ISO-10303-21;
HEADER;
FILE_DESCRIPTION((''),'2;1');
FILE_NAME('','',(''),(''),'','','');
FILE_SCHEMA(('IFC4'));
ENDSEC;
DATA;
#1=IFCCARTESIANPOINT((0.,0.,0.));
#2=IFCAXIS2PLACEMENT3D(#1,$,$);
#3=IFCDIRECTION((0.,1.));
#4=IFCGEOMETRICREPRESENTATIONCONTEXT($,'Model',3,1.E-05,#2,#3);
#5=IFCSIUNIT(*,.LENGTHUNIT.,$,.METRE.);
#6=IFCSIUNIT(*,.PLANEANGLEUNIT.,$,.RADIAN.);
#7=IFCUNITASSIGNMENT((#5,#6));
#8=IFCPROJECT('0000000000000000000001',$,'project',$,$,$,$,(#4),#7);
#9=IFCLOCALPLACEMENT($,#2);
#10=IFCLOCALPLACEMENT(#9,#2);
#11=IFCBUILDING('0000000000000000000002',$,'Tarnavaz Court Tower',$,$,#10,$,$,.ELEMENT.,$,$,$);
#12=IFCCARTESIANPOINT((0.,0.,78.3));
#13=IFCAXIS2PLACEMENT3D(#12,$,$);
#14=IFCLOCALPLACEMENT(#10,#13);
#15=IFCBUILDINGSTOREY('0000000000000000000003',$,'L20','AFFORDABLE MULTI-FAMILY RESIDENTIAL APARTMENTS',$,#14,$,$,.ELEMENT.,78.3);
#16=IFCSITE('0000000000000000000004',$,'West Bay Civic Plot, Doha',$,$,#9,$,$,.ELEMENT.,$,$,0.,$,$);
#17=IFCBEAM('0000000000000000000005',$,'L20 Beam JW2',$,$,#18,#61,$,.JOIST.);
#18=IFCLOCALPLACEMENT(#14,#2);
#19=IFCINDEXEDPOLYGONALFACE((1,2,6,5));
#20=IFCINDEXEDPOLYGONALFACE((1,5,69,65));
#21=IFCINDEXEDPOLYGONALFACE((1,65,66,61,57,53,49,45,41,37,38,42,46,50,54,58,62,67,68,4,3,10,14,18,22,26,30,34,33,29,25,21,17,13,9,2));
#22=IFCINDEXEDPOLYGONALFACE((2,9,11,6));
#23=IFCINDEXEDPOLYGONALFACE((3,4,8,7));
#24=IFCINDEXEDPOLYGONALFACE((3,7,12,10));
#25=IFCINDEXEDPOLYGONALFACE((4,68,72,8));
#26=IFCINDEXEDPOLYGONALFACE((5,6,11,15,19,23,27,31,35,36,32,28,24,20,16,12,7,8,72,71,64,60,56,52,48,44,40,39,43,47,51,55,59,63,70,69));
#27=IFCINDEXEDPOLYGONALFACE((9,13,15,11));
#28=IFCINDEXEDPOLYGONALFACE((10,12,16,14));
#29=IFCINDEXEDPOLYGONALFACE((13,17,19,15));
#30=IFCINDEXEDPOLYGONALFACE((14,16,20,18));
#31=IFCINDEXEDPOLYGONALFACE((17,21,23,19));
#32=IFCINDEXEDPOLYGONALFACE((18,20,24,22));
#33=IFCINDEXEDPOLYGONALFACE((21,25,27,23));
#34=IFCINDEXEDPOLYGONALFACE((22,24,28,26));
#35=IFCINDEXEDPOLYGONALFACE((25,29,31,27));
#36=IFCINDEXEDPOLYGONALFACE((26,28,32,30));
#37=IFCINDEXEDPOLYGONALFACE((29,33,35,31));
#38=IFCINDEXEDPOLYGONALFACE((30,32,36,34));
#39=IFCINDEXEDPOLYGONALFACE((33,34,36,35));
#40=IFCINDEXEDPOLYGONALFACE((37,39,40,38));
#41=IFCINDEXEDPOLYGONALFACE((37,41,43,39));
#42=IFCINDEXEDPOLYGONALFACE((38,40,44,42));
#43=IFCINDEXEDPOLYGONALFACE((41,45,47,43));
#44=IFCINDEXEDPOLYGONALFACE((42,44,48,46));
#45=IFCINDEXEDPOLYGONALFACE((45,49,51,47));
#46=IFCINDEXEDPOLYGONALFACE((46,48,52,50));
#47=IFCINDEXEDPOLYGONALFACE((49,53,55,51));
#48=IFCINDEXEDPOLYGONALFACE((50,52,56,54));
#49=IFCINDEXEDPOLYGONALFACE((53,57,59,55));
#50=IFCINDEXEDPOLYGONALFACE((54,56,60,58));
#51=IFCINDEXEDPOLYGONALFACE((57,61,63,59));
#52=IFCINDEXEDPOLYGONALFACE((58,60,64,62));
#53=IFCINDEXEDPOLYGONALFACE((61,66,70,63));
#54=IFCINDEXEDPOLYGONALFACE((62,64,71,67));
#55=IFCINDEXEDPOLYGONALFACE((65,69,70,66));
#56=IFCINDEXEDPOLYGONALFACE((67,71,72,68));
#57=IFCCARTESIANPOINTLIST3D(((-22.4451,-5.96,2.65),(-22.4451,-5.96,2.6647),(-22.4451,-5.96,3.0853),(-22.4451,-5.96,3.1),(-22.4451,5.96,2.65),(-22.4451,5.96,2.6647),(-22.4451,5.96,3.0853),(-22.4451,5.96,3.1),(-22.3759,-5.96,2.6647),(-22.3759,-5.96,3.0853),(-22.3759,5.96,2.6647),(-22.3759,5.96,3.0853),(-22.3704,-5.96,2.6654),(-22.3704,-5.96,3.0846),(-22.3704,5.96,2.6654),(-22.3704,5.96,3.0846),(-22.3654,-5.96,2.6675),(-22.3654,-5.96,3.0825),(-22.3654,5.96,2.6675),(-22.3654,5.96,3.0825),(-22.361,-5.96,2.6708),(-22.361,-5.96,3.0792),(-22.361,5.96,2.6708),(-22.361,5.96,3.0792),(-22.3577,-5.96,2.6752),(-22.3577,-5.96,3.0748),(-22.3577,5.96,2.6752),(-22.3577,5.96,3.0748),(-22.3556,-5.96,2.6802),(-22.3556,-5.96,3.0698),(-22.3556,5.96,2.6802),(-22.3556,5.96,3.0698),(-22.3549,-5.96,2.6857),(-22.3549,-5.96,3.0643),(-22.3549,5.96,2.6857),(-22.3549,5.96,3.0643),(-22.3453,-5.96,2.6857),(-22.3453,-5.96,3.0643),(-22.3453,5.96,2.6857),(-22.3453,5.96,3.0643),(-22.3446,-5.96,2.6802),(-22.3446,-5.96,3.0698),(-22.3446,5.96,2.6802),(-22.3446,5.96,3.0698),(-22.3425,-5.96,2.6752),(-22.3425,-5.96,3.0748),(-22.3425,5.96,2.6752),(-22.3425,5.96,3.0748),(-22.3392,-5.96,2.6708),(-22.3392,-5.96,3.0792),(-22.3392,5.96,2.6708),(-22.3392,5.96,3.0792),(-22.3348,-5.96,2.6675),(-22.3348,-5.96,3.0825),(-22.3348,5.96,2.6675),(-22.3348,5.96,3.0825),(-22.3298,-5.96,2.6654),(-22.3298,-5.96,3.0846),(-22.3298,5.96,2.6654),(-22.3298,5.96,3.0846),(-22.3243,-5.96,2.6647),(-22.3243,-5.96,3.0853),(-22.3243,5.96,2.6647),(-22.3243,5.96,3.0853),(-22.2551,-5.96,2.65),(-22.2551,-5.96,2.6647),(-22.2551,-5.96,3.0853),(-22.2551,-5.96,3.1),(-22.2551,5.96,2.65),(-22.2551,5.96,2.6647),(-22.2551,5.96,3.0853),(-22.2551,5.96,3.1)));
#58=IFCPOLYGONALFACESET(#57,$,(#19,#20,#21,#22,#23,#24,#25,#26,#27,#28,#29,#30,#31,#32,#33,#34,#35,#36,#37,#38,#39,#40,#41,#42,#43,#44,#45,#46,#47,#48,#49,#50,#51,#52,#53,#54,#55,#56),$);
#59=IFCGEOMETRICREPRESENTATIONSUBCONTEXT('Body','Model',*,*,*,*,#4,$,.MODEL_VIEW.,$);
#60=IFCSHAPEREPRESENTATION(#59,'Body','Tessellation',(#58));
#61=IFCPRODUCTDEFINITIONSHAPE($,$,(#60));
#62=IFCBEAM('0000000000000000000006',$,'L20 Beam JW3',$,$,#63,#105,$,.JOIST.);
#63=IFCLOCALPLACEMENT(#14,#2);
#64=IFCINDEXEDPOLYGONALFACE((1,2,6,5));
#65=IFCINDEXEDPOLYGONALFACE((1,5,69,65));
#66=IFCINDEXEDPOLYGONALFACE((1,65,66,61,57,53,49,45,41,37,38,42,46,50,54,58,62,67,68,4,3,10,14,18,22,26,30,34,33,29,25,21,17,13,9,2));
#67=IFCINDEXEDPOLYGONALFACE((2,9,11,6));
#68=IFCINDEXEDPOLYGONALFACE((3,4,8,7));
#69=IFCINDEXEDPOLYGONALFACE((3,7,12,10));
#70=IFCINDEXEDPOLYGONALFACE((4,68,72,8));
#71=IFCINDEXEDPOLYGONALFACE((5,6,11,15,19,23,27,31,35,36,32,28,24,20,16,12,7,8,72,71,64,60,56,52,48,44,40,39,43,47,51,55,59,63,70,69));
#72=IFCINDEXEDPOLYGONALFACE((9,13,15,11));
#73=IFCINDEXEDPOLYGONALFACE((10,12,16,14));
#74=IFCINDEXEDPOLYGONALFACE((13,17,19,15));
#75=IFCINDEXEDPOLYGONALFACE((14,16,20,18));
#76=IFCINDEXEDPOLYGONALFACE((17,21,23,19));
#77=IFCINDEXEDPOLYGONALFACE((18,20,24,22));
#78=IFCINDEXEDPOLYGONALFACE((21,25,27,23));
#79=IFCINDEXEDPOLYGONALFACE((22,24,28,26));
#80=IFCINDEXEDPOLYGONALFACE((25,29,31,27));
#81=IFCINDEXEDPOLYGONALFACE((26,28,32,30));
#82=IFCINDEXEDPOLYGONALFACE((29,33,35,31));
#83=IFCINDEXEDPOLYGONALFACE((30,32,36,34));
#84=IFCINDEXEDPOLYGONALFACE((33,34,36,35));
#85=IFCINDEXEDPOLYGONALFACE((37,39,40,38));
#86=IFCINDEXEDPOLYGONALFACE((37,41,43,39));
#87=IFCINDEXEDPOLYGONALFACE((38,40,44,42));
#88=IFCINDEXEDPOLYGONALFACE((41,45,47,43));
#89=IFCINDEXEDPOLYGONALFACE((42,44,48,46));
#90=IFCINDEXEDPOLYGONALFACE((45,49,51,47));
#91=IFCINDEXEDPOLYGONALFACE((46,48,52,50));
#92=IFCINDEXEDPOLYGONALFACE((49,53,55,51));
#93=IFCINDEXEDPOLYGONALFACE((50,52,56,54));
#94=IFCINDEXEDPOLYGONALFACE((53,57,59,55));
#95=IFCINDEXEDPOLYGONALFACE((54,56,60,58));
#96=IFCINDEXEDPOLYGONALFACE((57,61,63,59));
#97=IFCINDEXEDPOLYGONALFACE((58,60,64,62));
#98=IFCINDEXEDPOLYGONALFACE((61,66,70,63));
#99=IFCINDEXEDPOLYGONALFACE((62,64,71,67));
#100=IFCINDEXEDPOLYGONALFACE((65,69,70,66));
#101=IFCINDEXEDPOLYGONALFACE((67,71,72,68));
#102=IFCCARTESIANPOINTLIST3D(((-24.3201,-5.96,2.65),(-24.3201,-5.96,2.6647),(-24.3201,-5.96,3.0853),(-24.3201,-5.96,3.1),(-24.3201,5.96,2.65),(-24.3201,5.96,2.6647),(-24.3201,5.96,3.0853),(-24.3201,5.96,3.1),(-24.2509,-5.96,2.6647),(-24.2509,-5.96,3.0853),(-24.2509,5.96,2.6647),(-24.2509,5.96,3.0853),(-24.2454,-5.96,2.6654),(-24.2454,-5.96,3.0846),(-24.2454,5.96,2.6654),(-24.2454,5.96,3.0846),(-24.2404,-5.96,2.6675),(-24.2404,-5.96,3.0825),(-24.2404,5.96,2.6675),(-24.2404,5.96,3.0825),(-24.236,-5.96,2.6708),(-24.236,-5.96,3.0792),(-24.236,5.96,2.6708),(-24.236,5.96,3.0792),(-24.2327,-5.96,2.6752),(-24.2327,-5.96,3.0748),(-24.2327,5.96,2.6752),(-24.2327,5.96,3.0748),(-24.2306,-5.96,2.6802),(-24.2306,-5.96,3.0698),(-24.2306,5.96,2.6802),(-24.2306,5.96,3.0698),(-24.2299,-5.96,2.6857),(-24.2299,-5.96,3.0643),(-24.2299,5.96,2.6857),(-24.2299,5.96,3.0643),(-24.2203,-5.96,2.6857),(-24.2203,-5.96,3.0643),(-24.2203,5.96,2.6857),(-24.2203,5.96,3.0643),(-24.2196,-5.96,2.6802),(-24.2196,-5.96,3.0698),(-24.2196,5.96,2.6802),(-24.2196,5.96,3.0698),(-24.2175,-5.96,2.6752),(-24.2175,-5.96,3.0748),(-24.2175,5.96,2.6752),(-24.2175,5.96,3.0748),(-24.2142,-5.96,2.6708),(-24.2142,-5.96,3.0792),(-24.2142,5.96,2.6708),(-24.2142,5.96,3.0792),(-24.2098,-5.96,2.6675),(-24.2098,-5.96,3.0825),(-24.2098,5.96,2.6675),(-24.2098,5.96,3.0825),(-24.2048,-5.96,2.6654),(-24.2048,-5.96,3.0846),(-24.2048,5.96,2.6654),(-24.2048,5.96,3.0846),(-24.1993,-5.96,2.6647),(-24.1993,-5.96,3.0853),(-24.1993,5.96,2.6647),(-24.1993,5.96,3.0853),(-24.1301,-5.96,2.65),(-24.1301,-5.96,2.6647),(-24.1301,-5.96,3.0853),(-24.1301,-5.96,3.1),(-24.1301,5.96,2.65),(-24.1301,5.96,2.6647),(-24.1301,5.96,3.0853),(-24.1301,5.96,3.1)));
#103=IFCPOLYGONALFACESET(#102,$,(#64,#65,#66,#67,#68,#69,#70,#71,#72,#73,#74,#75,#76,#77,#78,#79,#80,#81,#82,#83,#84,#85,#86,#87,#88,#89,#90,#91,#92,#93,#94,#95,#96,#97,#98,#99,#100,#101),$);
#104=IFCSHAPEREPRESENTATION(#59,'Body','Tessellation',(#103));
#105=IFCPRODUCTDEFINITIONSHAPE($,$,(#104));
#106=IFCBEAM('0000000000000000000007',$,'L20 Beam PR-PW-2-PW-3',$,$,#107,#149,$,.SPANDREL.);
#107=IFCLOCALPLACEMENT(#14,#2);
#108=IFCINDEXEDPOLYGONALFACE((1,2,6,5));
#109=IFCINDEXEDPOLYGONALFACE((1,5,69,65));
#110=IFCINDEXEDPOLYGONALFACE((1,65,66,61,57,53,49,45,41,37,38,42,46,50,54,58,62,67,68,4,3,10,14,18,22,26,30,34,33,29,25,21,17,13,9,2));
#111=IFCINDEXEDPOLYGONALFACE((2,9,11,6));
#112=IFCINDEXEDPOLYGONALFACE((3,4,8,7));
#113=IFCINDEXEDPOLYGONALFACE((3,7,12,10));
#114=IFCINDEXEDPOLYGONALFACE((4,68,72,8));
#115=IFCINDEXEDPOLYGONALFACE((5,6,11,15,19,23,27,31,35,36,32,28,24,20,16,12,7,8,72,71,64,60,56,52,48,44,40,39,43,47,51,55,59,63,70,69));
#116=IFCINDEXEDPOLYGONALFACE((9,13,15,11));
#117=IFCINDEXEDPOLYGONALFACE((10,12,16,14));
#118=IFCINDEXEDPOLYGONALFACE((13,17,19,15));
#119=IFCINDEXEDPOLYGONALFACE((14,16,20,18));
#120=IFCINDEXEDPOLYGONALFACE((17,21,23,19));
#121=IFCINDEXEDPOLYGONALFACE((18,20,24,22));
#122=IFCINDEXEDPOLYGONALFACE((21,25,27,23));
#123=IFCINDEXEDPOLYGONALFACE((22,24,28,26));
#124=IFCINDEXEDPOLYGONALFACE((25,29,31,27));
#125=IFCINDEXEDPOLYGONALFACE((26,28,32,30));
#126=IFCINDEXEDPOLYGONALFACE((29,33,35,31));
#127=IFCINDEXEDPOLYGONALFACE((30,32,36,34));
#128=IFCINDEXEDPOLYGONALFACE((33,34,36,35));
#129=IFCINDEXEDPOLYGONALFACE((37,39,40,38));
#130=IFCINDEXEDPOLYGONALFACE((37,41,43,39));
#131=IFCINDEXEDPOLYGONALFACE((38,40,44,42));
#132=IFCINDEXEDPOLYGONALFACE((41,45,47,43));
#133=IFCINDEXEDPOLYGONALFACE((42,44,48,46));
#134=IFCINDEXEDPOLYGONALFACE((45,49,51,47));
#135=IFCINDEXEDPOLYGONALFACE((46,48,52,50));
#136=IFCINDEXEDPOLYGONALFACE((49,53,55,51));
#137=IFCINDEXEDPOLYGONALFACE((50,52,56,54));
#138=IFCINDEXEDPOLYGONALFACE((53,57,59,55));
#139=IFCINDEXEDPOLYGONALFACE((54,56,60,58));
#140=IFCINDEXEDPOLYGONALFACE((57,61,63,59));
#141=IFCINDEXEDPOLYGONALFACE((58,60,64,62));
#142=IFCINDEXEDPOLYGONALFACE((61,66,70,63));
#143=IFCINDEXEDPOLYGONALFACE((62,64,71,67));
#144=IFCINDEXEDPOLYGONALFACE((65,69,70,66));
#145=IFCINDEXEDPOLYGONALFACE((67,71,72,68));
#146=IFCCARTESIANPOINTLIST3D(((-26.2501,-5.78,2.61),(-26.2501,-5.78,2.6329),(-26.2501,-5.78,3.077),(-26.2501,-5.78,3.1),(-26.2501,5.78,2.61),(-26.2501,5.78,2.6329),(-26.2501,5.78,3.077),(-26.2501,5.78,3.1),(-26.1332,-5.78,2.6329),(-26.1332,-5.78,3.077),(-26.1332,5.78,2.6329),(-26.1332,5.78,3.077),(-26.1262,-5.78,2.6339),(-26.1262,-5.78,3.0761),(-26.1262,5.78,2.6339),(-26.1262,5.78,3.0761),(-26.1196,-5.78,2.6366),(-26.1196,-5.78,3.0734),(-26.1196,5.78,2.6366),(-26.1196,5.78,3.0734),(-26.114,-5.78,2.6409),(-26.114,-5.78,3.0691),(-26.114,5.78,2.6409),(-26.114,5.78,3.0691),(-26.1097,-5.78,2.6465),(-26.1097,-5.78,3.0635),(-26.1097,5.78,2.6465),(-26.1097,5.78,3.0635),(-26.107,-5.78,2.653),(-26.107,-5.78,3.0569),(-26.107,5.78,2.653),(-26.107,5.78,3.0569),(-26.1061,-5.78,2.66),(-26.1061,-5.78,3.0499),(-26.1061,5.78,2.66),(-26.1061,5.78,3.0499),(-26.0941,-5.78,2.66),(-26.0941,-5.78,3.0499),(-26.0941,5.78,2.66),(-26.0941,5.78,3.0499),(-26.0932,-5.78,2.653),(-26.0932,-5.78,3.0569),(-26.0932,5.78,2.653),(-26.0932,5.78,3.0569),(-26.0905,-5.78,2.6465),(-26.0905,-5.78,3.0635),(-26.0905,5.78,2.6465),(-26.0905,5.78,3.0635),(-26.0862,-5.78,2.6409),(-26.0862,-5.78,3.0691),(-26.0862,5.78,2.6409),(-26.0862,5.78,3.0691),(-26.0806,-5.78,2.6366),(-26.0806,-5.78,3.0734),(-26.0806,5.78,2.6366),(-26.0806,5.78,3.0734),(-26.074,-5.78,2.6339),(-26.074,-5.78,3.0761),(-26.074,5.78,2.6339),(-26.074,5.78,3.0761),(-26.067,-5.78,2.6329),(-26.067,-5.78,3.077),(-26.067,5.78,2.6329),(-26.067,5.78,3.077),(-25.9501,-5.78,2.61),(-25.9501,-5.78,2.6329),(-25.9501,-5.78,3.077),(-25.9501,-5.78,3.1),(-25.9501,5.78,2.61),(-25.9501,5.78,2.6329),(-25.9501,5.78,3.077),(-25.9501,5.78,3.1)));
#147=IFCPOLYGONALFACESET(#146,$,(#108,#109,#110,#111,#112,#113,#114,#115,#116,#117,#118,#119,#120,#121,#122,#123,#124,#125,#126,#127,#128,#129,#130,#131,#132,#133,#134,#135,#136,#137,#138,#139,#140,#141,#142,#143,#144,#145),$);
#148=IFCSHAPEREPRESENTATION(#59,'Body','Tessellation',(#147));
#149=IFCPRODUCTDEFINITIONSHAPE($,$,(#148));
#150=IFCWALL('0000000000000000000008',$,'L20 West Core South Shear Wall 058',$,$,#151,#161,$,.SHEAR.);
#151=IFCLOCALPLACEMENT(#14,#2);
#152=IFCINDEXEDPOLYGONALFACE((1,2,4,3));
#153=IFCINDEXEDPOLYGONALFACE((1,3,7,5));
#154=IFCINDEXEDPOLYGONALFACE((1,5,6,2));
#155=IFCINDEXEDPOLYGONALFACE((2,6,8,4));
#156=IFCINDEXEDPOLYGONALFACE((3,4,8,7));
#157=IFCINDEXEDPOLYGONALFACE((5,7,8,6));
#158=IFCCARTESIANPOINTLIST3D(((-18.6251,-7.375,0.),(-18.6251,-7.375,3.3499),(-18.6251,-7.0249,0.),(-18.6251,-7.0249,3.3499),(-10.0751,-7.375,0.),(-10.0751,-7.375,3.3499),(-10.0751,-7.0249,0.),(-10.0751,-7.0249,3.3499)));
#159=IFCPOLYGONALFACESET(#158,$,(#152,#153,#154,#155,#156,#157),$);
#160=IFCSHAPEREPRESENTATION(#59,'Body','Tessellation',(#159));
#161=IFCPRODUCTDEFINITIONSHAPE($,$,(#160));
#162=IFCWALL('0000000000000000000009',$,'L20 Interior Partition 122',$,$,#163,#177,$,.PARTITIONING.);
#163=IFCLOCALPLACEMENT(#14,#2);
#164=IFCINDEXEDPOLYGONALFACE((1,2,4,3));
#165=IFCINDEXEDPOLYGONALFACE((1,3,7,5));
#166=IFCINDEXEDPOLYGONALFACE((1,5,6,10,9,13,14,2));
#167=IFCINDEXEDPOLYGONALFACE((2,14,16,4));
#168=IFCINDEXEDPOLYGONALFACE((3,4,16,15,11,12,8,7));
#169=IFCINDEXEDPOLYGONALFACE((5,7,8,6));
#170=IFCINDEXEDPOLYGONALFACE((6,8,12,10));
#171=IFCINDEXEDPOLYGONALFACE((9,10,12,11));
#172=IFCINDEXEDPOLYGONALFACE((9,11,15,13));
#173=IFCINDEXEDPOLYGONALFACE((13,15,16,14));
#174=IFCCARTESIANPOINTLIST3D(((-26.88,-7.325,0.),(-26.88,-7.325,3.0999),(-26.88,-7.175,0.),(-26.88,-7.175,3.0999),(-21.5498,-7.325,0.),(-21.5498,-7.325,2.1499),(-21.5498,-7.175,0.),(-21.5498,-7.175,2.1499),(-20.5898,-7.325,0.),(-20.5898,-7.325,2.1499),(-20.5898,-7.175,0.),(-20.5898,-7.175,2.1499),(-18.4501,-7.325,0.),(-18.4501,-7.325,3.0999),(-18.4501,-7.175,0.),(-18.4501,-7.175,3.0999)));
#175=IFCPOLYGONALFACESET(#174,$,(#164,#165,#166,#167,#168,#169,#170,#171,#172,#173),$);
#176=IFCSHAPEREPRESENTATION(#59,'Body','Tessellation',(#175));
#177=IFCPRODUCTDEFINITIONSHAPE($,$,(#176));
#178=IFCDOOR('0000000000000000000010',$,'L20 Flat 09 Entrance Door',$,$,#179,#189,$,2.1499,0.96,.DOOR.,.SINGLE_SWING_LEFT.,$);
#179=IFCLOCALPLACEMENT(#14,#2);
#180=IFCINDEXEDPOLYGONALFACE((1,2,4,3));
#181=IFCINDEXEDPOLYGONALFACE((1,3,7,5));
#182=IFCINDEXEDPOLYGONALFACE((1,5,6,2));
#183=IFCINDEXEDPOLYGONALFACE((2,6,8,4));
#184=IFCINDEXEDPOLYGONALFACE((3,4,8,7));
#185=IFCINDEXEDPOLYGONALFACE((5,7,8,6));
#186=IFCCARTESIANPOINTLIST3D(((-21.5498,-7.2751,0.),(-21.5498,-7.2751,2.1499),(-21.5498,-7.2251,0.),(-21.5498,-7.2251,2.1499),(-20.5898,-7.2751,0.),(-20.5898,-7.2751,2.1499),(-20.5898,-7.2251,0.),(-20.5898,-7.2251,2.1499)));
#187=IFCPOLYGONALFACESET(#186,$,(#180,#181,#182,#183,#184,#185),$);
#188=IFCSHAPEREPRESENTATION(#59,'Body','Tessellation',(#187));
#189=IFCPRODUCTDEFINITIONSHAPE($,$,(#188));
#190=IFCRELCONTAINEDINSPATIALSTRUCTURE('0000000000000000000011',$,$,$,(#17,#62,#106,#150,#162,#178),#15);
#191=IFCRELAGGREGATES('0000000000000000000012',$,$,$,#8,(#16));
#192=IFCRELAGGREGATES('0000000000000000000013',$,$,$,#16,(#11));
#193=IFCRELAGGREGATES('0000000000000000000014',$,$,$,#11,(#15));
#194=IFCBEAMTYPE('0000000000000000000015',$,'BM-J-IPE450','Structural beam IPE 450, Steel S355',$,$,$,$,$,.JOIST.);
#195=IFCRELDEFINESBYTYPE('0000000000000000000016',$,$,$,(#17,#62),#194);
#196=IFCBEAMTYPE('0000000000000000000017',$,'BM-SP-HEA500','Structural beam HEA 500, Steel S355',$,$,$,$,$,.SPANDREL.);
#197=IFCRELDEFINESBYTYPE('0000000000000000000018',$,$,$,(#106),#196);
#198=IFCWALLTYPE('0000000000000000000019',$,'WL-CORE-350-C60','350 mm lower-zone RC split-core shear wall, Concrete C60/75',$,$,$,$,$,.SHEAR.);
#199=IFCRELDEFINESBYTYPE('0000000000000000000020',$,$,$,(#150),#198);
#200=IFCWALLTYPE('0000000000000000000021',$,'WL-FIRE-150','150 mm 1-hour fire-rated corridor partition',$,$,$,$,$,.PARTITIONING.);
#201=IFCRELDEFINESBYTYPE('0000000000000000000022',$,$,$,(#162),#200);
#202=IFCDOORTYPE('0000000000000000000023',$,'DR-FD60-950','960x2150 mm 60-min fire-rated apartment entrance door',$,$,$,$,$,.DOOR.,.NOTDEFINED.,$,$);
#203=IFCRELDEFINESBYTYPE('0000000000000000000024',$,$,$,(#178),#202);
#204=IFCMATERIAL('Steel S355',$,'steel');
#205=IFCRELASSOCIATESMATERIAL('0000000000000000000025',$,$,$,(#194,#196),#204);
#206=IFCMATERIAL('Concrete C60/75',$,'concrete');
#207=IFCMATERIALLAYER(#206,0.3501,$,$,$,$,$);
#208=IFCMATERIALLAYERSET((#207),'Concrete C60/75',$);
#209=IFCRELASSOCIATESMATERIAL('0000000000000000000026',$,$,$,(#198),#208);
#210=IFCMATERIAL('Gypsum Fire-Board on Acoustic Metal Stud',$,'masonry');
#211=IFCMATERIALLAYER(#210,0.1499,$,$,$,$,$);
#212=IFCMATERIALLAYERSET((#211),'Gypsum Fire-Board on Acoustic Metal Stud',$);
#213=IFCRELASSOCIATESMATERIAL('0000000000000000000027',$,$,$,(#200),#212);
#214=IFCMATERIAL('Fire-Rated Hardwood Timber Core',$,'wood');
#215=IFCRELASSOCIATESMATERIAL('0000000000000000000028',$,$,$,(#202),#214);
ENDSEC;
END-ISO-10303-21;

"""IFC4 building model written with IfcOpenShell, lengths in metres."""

from ifc_helpers import new_model, si_unit, direction, frame, frame_2d, origin, origin_2d, place, context, subcontext, project, spatial, rectangle, i_section, extrude, material, layer, layer_set, material_profile, profile_set, type_object, element, fill, save


model = new_model("IFC4")

# Units and contexts
model_context = context("Model", 3, precision=1e-05, world=origin(), true_north=direction((0.0, 1.0)))
body_context = subcontext(model_context, "Body", "Model", "MODEL_VIEW")
ifc_project = project(units=[si_unit("LENGTHUNIT", "METRE"), si_unit("PLANEANGLEUNIT", "RADIAN")], contexts=[model_context])

# Site, building, storey
site_placement = place(None, origin())
site = spatial("IfcSite", under=ifc_project, at=site_placement, Name="West Bay Civic Plot, Doha", CompositionType="ELEMENT", RefElevation=0.0)
building_placement = place(site_placement, origin())
building = spatial("IfcBuilding", under=site, at=building_placement, Name="Tarnavaz Court Tower", CompositionType="ELEMENT")
storey_placement = place(building_placement, frame((0.0, 0.0, 78.3)))
storey = spatial("IfcBuildingStorey", under=building, at=storey_placement, Name="L20", Description="AFFORDABLE MULTI-FAMILY RESIDENTIAL APARTMENTS", CompositionType="ELEMENT", Elevation=78.3)

# Shared definitions
ifc_material_1 = material(Name="Concrete C60/75", Category="concrete")

# Beams
ifc_material_2 = material(Name="Steel S355", Category="steel")
ifc_material_profile_1 = material_profile(ifc_material_2, i_section(OverallWidth=0.1899, OverallDepth=0.45, WebThickness=0.0095, FlangeThickness=0.0146, FilletRadius=0.021, at=origin_2d()), Name="IPE 450")
ifc_profile_set_1 = profile_set([ifc_material_profile_1], Name="Steel S355")
beam_type_1 = type_object("IfcBeamType", Name="BM-J-IPE450", Description="Structural beam IPE 450, Steel S355", PredefinedType="JOIST", material=ifc_profile_set_1)
for number, where, z_axis, x_axis, name in (
    (1, (-22.3501, -5.96, 2.875), (0.0, 1.0, 0.0), (-1.0, 0.0, 0.0), "L20 Beam JW2"),
    (2, (-24.2251, -5.96, 2.875), (0.0, 1.0, 0.0), (-1.0, 0.0, 0.0), "L20 Beam JW3"),
):
    element("IfcBeam", number, at=place(storey_placement, frame(where, z_axis=z_axis, x_axis=x_axis)), inside=storey, type_object=beam_type_1, Name=name, PredefinedType="JOIST", context=body_context, shape_type="SweptSolid", body=[
        extrude(i_section(OverallWidth=0.1899, OverallDepth=0.45, WebThickness=0.0095, FlangeThickness=0.0146, FilletRadius=0.021, at=origin_2d()), origin(), (0.0, 0.0, 1.0), 11.9199),
    ])
ifc_material_profile_2 = material_profile(ifc_material_2, i_section(OverallWidth=0.3, OverallDepth=0.49, WebThickness=0.012, FlangeThickness=0.0229, FilletRadius=0.0271, at=origin_2d()), Name="HEA 500")
ifc_profile_set_2 = profile_set([ifc_material_profile_2], Name="Steel S355")
beam_type_2 = type_object("IfcBeamType", Name="BM-SP-HEA500", Description="Structural beam HEA 500, Steel S355", PredefinedType="SPANDREL", material=ifc_profile_set_2)
beam_1_placement = place(storey_placement, frame((-26.1001, -5.78, 2.855), z_axis=(0.0, 1.0, 0.0), x_axis=(-1.0, 0.0, 0.0)))
element("IfcBeam", 3, at=beam_1_placement, inside=storey, type_object=beam_type_2, Name="L20 Beam PR-PW-2-PW-3", PredefinedType="SPANDREL", context=body_context, shape_type="SweptSolid", body=[
    extrude(i_section(OverallWidth=0.3, OverallDepth=0.49, WebThickness=0.012, FlangeThickness=0.0229, FilletRadius=0.0271, at=origin_2d()), origin(), (0.0, 0.0, 1.0), 11.5601),
])

# Wall
ifc_layer_1 = layer(ifc_material_1, 0.3501)
ifc_layer_set_1 = layer_set([ifc_layer_1], Name="Concrete C60/75")
wall_type_1 = type_object("IfcWallType", Name="WL-CORE-350-C60", Description="350 mm lower-zone RC split-core shear wall, Concrete C60/75", PredefinedType="SHEAR", material=ifc_layer_set_1)
wall_1_placement = place(storey_placement, frame((-18.625, -7.2, 0.0), z_axis=(0.0, 0.0, 1.0), x_axis=(1.0, 0.0, 0.0)))
element("IfcWall", 4, at=wall_1_placement, inside=storey, type_object=wall_type_1, Name="L20 West Core South Shear Wall 058", PredefinedType="SHEAR", context=body_context, shape_type="SweptSolid", body=[
    extrude(rectangle(XDim=8.55, YDim=0.3501, at=frame_2d((4.2749, 0.0))), origin(), (0.0, 0.0, 1.0), 3.3499),
])

# Wall, opening, door
ifc_material_3 = material(Name="Gypsum Fire-Board on Acoustic Metal Stud", Category="masonry")
ifc_layer_2 = layer(ifc_material_3, 0.1499)
ifc_layer_set_2 = layer_set([ifc_layer_2], Name="Gypsum Fire-Board on Acoustic Metal Stud")
wall_type_2 = type_object("IfcWallType", Name="WL-FIRE-150", Description="150 mm 1-hour fire-rated corridor partition", PredefinedType="PARTITIONING", material=ifc_layer_set_2)
wall_2_placement = place(storey_placement, frame((-26.8799, -7.25, 0.0), z_axis=(0.0, 0.0, 1.0), x_axis=(1.0, 0.0, 0.0)))
wall_2 = element("IfcWall", 5, at=wall_2_placement, inside=storey, type_object=wall_type_2, Name="L20 Interior Partition 122", PredefinedType="PARTITIONING", context=body_context, shape_type="SweptSolid", body=[
    extrude(rectangle(XDim=8.4299, YDim=0.1499, at=frame_2d((4.2148, 0.0))), origin(), (0.0, 0.0, 1.0), 3.0999),
])
opening_1_placement = place(wall_2_placement, frame((5.3301, 0.0, 0.0)))
opening_1 = element("IfcOpeningElement", 6, at=opening_1_placement, cuts=wall_2, PredefinedType="OPENING", context=body_context, shape_type="SweptSolid", body=[
    extrude(rectangle(XDim=0.96, YDim=2.1499, at=frame_2d((0.48, 1.075))), frame((0.0, 0.085, 0.0), z_axis=(0.0, -1.0, 0.0), x_axis=(1.0, 0.0, 0.0)), (0.0, 0.0, 1.0), 0.1699),
])
ifc_material_4 = material(Name="Fire-Rated Hardwood Timber Core", Category="wood")
door_type_1 = type_object("IfcDoorType", Name="DR-FD60-950", Description="960x2150 mm 60-min fire-rated apartment entrance door", OperationType="NOTDEFINED", PredefinedType="DOOR", material=ifc_material_4)
door_1_placement = place(opening_1_placement, origin())
door_1 = element("IfcDoor", 7, at=door_1_placement, inside=storey, type_object=door_type_1, Name="L20 Flat 09 Entrance Door", OperationType="SINGLE_SWING_LEFT", OverallHeight=2.1499, OverallWidth=0.96, PredefinedType="DOOR", context=body_context, shape_type="SweptSolid", body=[
    extrude(rectangle(XDim=0.96, YDim=2.1499, at=frame_2d((0.48, 1.075))), frame((0.0, 0.0249, 0.0), z_axis=(0.0, -1.0, 0.0), x_axis=(1.0, 0.0, 0.0)), (0.0, 0.0, 1.0), 0.05),
])
fill(opening_1, door_1)

save(model, "model.ifc")
